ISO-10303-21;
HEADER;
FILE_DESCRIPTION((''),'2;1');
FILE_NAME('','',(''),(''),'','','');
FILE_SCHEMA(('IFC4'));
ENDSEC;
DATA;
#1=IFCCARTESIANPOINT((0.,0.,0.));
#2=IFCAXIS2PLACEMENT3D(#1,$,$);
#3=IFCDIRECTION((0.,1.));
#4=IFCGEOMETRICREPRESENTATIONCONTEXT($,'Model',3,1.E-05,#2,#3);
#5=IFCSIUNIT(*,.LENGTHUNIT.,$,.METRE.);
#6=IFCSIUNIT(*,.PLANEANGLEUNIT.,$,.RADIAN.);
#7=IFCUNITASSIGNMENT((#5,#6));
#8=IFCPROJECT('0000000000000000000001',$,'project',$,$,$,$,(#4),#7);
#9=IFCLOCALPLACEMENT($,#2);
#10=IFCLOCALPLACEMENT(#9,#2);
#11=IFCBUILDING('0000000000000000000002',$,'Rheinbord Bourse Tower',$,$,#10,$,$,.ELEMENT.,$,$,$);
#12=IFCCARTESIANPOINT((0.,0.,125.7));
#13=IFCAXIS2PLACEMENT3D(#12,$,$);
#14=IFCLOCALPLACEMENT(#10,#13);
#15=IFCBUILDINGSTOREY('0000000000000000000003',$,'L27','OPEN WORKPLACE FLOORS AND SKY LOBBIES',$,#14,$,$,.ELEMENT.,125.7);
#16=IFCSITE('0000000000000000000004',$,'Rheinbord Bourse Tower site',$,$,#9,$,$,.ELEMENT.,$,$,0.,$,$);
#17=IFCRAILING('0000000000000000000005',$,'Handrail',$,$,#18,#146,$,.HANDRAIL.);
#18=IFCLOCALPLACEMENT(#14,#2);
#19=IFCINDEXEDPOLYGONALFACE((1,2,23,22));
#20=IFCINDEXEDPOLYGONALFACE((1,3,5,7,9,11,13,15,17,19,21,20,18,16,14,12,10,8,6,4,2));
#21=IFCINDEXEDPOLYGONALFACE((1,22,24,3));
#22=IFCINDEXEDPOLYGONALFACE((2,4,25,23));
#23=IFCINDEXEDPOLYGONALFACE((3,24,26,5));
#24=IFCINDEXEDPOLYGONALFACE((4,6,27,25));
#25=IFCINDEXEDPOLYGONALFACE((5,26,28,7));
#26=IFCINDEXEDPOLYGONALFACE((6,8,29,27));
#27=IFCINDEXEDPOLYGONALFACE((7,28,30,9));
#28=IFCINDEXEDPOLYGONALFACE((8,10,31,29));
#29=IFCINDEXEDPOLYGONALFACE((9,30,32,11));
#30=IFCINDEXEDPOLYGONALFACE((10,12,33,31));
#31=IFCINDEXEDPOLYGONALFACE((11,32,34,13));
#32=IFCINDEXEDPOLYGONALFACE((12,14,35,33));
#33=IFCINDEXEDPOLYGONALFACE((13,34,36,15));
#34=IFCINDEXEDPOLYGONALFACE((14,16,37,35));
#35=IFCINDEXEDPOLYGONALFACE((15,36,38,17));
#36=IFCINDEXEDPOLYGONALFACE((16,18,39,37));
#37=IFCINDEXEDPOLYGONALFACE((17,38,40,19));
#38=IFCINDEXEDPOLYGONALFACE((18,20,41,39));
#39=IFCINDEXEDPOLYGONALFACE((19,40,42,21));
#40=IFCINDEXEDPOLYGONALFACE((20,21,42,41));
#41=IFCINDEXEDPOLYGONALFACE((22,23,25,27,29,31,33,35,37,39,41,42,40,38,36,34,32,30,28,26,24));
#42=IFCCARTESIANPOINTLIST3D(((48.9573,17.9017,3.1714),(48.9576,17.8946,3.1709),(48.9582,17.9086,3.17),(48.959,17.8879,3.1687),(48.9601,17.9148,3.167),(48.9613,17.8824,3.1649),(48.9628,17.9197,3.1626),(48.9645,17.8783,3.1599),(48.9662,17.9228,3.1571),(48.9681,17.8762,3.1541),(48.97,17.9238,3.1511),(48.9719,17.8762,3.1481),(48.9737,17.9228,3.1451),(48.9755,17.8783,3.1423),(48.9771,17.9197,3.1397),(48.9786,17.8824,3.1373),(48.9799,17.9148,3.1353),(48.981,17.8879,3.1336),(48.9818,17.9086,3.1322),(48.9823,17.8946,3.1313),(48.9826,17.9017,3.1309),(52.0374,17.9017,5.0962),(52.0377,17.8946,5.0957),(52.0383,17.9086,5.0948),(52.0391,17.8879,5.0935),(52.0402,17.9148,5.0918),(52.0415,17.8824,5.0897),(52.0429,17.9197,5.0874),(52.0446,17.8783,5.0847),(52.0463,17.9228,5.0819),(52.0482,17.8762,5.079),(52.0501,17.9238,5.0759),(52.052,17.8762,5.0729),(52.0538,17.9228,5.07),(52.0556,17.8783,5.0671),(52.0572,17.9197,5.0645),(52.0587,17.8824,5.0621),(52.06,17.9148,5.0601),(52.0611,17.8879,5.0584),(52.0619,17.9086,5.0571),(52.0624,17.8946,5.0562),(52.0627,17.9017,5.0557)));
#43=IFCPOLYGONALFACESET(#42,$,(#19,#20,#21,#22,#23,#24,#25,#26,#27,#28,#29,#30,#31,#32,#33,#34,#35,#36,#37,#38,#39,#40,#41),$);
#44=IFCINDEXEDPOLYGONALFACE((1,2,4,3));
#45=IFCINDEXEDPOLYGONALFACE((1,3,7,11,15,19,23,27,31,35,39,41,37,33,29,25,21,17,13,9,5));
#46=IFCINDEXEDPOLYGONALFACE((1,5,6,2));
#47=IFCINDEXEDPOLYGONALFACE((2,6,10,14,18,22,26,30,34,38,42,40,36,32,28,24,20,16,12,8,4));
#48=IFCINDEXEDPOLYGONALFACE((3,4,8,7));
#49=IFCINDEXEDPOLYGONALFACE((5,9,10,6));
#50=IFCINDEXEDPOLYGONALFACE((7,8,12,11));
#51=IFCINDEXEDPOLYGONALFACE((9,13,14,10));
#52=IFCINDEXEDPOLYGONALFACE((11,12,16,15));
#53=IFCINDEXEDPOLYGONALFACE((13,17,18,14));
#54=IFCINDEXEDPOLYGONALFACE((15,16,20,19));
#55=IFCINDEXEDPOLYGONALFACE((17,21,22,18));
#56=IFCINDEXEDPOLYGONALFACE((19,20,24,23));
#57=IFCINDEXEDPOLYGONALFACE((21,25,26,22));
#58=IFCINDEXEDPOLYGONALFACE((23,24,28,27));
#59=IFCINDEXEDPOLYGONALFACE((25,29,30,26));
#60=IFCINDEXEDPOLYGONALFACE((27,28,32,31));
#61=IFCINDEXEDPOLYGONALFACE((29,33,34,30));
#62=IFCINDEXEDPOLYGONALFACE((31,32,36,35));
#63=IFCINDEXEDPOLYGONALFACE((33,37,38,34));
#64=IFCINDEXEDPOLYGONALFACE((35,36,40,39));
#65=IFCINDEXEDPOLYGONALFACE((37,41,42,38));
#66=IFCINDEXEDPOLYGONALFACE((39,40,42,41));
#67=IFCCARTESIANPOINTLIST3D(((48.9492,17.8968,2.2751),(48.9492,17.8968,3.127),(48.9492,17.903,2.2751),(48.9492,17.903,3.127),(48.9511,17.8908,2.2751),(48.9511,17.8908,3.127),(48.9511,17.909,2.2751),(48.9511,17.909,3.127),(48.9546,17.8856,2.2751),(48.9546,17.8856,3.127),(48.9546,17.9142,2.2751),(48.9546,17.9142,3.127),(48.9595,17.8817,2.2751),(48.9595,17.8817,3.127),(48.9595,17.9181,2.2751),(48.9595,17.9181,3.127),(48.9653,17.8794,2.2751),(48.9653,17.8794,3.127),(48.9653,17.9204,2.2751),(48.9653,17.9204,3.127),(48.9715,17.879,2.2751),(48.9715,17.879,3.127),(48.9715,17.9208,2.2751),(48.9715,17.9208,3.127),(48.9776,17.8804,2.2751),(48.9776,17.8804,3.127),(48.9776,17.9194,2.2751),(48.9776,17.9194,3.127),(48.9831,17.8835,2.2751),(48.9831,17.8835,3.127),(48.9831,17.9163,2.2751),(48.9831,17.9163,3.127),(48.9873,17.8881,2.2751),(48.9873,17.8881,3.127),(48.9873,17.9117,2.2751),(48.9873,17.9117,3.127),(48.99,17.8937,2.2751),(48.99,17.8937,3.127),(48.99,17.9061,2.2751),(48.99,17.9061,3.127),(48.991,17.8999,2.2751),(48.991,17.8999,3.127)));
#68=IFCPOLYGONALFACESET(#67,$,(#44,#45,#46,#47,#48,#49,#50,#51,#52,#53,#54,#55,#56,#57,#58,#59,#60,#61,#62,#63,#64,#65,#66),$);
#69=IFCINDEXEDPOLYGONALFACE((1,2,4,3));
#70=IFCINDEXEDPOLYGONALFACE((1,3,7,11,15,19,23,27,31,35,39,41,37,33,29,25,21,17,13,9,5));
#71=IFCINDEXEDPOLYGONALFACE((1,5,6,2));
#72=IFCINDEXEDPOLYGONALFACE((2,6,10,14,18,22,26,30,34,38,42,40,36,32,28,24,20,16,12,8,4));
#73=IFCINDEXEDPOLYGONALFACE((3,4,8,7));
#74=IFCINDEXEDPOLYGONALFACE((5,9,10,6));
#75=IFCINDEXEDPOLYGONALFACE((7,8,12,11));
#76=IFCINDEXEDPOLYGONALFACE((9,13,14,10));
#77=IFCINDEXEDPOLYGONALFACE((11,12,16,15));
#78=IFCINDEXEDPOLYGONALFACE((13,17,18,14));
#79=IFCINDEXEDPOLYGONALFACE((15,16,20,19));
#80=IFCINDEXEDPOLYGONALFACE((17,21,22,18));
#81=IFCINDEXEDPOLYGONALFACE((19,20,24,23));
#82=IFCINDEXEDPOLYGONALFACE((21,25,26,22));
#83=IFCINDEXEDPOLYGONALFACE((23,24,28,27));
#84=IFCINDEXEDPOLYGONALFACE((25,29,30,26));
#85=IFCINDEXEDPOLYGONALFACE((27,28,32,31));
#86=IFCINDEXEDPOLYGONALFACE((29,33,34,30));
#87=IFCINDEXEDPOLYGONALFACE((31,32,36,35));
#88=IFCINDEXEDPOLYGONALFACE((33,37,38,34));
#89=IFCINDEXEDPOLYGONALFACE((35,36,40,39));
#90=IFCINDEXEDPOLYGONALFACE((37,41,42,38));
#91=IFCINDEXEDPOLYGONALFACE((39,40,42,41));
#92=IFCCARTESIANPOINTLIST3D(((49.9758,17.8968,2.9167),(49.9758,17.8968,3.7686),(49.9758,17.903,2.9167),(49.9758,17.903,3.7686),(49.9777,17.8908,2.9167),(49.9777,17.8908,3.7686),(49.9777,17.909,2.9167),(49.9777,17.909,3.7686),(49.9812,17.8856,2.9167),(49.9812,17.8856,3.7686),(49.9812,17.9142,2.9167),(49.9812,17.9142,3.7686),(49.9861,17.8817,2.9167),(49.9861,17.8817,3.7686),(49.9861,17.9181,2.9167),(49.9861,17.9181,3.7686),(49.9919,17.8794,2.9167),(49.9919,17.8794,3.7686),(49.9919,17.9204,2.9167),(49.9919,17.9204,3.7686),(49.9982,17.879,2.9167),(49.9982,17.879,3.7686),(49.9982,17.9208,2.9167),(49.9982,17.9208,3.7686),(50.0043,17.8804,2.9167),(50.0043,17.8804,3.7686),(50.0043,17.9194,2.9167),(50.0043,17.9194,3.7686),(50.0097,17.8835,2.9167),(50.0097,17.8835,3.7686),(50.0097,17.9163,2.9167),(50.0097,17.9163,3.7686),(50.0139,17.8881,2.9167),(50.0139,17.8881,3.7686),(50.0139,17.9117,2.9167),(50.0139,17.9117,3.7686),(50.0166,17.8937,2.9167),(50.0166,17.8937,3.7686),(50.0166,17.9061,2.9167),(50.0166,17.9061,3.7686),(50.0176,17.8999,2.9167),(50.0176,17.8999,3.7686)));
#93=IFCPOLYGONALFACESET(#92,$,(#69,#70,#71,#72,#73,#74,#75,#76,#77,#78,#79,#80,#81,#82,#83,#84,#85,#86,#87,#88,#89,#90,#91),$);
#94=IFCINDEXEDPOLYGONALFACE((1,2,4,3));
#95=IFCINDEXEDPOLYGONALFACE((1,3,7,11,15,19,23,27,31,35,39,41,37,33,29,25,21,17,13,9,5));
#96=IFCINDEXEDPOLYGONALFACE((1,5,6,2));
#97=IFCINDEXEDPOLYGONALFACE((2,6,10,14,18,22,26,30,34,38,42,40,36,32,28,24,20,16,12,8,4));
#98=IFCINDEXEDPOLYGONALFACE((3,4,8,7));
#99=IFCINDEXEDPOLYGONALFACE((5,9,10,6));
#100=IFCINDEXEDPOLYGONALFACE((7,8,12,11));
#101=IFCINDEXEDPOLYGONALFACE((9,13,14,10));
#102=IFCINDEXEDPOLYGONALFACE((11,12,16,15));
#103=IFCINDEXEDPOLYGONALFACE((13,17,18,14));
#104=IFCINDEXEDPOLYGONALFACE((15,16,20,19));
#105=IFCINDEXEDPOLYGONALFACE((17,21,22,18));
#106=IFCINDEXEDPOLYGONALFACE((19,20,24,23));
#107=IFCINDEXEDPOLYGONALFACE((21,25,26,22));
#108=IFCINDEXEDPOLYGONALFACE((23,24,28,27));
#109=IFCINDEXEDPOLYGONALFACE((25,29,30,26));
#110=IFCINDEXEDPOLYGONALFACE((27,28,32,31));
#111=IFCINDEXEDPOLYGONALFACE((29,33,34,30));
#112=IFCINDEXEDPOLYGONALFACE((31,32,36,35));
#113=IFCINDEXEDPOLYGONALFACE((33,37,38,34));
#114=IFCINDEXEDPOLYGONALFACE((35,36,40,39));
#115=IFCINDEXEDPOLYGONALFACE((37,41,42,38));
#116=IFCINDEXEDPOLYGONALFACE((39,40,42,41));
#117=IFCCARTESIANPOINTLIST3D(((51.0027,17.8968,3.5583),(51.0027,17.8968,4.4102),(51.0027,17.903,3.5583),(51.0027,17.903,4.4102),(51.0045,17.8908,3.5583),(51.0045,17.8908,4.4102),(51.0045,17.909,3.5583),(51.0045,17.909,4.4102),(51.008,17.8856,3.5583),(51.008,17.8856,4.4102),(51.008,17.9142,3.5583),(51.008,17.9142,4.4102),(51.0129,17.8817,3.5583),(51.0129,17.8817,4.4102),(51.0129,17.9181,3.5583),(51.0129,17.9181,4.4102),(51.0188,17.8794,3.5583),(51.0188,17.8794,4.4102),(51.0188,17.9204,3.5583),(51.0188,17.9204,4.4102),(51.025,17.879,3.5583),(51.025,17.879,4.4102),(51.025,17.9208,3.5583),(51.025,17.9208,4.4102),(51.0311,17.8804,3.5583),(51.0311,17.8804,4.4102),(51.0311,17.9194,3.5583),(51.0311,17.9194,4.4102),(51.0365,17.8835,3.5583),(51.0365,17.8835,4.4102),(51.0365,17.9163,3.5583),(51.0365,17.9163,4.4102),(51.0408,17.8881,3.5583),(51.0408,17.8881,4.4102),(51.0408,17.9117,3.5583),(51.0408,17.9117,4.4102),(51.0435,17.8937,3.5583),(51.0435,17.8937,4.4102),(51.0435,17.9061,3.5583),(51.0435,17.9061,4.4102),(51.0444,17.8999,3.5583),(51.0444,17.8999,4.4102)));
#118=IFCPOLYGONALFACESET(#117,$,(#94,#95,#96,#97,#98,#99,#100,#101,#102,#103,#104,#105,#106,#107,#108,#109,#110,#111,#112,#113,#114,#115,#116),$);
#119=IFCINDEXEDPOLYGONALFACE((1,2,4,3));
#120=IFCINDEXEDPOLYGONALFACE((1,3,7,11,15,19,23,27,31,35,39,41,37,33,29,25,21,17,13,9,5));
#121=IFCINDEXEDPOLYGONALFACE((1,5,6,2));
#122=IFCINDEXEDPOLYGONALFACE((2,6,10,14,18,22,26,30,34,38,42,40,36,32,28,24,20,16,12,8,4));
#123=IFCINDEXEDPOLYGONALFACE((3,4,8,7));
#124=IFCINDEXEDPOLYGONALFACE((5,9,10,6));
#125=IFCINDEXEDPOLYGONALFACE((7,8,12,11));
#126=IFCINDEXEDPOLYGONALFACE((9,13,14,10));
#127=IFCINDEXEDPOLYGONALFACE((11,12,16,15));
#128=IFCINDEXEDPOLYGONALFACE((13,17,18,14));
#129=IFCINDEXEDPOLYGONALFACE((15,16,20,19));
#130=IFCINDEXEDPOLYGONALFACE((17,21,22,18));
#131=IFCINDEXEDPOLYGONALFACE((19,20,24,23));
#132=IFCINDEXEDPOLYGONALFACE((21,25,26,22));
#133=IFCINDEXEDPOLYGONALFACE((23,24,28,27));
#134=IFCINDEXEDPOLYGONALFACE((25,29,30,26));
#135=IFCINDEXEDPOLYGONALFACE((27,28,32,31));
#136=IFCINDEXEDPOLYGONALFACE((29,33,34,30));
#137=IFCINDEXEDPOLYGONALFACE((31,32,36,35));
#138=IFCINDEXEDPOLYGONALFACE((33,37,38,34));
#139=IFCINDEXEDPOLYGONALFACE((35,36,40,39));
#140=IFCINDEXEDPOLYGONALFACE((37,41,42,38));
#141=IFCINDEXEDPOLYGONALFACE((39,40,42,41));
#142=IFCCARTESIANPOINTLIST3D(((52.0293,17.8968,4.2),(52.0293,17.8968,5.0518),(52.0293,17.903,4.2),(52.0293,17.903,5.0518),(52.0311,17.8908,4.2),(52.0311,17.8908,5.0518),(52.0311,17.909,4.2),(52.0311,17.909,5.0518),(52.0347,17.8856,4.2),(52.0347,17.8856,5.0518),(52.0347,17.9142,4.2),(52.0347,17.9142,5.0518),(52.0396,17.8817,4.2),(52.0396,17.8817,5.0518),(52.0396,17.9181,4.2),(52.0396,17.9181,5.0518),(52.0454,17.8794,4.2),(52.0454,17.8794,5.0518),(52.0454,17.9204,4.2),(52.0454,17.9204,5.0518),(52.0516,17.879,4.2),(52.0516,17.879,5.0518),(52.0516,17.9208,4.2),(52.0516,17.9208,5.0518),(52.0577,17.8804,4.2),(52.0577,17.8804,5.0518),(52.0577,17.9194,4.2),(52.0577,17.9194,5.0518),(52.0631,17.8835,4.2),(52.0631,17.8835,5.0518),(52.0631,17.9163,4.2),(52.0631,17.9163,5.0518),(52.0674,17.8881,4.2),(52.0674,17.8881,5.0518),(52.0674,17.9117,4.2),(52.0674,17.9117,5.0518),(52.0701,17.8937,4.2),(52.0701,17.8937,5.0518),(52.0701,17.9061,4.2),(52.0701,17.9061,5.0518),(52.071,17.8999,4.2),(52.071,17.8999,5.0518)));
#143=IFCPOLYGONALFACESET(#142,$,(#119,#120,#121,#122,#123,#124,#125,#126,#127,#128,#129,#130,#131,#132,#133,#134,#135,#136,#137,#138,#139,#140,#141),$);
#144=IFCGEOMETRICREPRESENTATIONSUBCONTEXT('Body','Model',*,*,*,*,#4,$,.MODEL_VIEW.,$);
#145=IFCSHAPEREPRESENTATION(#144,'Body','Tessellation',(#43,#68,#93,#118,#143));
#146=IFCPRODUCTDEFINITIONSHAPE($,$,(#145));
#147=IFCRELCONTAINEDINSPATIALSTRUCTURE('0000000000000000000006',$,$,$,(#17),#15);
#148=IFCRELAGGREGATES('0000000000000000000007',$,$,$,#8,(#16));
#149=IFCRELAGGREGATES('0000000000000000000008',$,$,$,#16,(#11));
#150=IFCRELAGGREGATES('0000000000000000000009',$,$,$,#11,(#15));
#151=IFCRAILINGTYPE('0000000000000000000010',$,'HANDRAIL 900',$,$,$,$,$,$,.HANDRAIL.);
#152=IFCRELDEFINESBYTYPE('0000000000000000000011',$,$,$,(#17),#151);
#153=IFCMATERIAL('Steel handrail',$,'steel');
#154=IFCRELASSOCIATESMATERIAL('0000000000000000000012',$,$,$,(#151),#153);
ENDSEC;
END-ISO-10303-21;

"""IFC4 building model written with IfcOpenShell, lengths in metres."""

from ifc_helpers import new_model, si_unit, direction, frame, origin, origin_2d, place, context, subcontext, project, spatial, circle, extrude, material, type_object, element, save


model = new_model("IFC4")

# Units and contexts
model_context = context("Model", 3, precision=1e-05, world=origin(), true_north=direction((0.0, 1.0)))
body_context = subcontext(model_context, "Body", "Model", "MODEL_VIEW")
ifc_project = project(units=[si_unit("LENGTHUNIT", "METRE"), si_unit("PLANEANGLEUNIT", "RADIAN")], contexts=[model_context])

# Site, building, storey
site_placement = place(None, origin())
site = spatial("IfcSite", under=ifc_project, at=site_placement, Name="Rheinbord Bourse Tower site", CompositionType="ELEMENT", RefElevation=0.0)
building_placement = place(site_placement, origin())
building = spatial("IfcBuilding", under=site, at=building_placement, Name="Rheinbord Bourse Tower", CompositionType="ELEMENT")
storey_placement = place(building_placement, frame((0.0, 0.0, 125.7)))
storey = spatial("IfcBuildingStorey", under=building, at=storey_placement, Name="L27", Description="OPEN WORKPLACE FLOORS AND SKY LOBBIES", CompositionType="ELEMENT", Elevation=125.7)

# Railing
ifc_material_1 = material(Name="Steel handrail", Category="steel")
railing_type = type_object("IfcRailingType", Name="HANDRAIL 900", PredefinedType="HANDRAIL", material=ifc_material_1)
railing_1_placement = place(storey_placement, frame((48.97, 17.8999, 2.2751)))
element("IfcRailing", 1, at=railing_1_placement, inside=storey, type_object=railing_type, Name="Handrail", PredefinedType="HANDRAIL", context=body_context, shape_type="SweptSolid", body=[
    extrude(circle(Radius=0.0239, at=origin_2d()), frame((0.0, 0.0, 0.876), z_axis=(0.848029, 0.0, 0.529951), x_axis=(0.0, 1.0, 0.0)), (0.0, 0.0, 1.0), 3.6321),
    extrude(circle(Radius=0.021, at=origin_2d()), origin(), (0.0, 0.0, 1.0), 0.8518),
    extrude(circle(Radius=0.021, at=origin_2d()), frame((1.0266, 0.0, 0.6416)), (0.0, 0.0, 1.0), 0.8518),
    extrude(circle(Radius=0.021, at=origin_2d()), frame((2.0535, 0.0, 1.2832)), (0.0, 0.0, 1.0), 0.8518),
    extrude(circle(Radius=0.021, at=origin_2d()), frame((3.0801, 0.0, 1.9248)), (0.0, 0.0, 1.0), 0.8518),
])

save(model, "model.ifc")
